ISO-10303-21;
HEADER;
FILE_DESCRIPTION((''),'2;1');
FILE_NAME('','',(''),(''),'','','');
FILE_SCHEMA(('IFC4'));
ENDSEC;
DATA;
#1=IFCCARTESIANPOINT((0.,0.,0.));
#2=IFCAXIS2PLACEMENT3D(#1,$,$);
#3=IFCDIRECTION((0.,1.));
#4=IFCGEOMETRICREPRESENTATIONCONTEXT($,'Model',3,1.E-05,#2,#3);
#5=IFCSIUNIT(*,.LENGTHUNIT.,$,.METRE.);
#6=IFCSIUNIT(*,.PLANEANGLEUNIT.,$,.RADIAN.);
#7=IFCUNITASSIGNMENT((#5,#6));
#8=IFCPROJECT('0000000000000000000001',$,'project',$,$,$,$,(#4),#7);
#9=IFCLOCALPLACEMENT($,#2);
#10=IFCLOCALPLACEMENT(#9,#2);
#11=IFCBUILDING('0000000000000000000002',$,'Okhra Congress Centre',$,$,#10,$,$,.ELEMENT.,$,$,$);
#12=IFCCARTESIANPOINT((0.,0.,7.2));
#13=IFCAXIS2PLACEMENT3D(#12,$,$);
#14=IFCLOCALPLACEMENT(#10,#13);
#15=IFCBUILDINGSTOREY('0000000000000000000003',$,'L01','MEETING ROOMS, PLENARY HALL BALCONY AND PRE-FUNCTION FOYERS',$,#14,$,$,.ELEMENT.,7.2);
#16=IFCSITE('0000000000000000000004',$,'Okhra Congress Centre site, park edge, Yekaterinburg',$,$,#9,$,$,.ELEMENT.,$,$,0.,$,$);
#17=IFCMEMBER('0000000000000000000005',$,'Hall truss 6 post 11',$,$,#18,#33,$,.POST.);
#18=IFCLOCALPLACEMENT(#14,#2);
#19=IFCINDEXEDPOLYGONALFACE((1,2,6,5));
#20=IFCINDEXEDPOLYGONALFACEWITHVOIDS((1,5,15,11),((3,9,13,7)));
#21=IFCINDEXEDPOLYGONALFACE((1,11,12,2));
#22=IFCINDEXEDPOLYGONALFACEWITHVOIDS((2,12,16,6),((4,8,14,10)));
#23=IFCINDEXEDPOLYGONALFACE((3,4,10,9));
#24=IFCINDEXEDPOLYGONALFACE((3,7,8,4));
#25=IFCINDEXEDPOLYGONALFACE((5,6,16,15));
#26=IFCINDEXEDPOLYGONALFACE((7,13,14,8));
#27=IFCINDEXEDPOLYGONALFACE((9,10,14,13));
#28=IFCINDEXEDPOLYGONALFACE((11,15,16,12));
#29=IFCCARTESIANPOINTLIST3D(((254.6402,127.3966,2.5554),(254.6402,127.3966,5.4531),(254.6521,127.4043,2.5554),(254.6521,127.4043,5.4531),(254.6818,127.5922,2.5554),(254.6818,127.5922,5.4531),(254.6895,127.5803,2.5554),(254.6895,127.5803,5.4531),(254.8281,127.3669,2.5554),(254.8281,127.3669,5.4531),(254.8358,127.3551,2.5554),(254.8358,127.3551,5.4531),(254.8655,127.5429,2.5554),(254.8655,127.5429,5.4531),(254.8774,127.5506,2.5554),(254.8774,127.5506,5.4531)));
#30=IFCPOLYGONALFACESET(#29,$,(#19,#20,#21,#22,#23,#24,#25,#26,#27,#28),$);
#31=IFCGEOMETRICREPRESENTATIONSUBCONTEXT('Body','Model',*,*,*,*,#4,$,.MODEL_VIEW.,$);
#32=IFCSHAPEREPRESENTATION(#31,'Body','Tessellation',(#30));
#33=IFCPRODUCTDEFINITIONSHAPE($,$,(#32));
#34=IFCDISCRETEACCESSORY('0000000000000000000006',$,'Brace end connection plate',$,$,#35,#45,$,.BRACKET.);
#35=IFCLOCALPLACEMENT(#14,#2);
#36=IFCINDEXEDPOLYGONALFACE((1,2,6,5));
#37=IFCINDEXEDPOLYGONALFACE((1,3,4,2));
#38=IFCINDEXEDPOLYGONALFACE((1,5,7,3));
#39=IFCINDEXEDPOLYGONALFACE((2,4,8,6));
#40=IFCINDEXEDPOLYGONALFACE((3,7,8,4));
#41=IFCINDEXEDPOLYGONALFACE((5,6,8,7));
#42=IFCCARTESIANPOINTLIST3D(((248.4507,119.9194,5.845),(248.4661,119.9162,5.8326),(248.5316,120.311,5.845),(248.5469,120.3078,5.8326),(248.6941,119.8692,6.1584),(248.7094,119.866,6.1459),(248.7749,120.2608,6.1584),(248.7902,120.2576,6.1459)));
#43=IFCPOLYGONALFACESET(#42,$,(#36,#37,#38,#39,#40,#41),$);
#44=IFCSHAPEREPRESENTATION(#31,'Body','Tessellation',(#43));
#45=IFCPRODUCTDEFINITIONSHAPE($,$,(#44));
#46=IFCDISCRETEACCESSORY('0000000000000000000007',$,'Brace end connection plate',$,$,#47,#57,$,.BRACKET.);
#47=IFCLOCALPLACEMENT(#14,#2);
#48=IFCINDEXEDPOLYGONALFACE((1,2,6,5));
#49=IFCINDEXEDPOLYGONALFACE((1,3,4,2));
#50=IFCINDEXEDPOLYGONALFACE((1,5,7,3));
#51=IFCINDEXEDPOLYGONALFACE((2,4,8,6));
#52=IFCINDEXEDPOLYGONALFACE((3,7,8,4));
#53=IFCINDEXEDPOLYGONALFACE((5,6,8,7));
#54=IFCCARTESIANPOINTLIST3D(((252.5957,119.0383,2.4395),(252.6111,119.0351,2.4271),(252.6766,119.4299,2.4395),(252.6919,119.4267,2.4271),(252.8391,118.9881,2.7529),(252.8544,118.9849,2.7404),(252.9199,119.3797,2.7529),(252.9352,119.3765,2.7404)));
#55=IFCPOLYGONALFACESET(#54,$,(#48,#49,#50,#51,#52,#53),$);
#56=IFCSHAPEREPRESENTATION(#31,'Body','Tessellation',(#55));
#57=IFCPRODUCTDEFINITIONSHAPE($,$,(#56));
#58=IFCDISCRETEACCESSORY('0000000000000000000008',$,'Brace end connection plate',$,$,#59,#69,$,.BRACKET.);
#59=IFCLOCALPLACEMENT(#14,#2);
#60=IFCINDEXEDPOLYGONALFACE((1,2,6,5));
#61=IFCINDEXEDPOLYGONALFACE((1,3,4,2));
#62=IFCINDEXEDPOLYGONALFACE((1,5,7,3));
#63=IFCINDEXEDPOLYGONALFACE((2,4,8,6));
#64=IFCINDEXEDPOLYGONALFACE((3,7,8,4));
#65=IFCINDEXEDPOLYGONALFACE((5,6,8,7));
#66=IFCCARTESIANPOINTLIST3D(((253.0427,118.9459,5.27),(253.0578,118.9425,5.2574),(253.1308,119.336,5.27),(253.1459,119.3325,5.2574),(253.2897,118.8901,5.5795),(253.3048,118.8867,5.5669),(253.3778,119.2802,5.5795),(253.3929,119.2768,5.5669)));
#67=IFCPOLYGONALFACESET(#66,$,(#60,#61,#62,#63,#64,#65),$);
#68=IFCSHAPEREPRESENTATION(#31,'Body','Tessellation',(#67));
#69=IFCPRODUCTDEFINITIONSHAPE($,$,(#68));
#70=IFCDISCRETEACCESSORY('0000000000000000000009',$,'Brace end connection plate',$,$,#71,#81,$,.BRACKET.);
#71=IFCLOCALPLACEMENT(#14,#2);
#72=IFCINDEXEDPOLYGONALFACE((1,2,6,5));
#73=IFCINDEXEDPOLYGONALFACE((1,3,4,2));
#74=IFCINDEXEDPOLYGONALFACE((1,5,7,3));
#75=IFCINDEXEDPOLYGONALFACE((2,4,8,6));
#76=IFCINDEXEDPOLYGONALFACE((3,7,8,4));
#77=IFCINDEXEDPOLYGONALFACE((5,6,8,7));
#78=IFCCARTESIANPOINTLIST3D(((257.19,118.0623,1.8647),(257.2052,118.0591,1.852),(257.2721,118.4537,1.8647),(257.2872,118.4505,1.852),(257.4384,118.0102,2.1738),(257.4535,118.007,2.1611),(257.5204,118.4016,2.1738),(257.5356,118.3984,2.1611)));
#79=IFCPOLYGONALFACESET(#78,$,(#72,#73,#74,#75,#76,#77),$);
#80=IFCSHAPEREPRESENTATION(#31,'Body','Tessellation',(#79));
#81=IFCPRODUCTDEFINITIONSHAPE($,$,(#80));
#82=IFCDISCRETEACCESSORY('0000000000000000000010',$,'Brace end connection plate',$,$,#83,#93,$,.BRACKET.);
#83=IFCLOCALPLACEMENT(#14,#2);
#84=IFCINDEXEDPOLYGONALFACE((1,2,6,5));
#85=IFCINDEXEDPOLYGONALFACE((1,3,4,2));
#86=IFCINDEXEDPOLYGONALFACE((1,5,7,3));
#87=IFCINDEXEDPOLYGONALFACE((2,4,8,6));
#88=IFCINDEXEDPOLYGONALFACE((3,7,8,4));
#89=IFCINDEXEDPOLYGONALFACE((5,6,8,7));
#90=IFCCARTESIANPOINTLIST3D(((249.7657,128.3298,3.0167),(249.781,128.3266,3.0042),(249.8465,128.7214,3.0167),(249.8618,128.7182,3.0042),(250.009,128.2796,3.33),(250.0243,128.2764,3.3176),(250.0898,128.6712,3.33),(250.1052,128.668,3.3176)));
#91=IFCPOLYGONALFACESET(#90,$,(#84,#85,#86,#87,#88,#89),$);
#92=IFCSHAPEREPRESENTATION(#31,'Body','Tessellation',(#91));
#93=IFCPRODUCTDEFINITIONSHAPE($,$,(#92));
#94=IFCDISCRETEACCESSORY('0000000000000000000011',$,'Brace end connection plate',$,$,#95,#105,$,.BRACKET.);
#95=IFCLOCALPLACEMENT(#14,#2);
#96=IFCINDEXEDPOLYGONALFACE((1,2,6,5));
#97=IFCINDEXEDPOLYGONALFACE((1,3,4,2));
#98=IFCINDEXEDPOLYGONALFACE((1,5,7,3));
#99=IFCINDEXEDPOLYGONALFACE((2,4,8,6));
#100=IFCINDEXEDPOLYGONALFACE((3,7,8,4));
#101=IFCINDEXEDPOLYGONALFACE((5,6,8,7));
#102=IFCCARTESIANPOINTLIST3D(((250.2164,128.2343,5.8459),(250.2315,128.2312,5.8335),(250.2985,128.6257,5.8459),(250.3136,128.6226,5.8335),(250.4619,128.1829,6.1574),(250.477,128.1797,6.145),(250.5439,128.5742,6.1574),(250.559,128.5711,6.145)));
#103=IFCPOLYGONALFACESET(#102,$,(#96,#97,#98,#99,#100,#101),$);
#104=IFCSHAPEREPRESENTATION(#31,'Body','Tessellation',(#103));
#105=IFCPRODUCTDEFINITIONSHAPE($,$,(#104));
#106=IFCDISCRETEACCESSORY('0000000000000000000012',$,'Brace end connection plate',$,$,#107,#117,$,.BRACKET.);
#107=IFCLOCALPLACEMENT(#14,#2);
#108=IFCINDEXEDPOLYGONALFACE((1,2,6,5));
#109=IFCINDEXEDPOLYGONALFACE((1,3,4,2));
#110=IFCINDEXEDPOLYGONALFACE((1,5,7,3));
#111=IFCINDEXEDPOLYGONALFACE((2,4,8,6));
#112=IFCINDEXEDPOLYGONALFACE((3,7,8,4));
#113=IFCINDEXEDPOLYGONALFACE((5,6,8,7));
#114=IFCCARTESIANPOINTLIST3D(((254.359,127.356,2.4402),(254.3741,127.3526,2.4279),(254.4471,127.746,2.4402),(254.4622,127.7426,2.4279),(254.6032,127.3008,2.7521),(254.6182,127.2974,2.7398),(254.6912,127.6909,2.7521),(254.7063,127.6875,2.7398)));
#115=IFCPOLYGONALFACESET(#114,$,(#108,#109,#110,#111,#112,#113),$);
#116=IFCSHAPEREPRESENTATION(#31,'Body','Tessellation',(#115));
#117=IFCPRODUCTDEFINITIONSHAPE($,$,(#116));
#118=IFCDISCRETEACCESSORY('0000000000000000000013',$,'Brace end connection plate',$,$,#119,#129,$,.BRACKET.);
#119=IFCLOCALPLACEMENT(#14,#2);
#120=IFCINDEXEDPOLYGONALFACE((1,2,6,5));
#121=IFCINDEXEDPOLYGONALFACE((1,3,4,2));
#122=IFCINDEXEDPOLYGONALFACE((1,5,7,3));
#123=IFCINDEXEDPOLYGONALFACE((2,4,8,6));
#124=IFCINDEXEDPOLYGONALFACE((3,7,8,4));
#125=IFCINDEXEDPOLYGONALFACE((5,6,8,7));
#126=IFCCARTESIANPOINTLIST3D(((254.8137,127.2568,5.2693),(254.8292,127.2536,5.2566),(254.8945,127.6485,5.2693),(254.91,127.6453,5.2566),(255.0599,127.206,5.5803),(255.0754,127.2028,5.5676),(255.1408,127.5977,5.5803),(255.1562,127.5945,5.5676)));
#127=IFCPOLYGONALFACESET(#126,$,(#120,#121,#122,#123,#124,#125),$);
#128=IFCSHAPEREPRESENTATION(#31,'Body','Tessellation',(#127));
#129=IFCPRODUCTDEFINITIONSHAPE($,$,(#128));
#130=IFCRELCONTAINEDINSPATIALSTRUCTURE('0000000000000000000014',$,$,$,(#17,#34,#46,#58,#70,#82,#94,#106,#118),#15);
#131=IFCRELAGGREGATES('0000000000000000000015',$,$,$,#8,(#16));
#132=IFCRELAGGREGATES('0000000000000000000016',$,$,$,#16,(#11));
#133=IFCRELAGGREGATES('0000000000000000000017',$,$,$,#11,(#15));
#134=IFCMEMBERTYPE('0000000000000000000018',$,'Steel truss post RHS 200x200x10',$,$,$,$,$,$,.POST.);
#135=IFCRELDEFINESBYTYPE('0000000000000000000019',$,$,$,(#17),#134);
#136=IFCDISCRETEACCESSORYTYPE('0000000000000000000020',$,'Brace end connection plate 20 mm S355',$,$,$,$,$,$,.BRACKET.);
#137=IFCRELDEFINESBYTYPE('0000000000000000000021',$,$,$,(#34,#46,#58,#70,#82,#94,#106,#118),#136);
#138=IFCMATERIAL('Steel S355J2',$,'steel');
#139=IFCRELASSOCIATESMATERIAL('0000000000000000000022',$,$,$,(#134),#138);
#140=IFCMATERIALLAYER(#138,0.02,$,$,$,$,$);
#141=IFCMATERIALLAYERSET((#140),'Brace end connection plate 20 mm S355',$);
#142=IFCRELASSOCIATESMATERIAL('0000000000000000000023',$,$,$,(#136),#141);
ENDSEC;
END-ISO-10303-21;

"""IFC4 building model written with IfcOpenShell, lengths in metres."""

from ifc_helpers import new_model, si_unit, direction, frame, origin, origin_2d, place, context, subcontext, project, spatial, rectangle, hollow_rectangle, extrude, material, layer, layer_set, material_profile, profile_set, type_object, element, save


model = new_model("IFC4")

# Units and contexts
model_context = context("Model", 3, precision=1e-05, world=origin(), true_north=direction((0.0, 1.0)))
body_context = subcontext(model_context, "Body", "Model", "MODEL_VIEW")
ifc_project = project(units=[si_unit("LENGTHUNIT", "METRE"), si_unit("PLANEANGLEUNIT", "RADIAN")], contexts=[model_context])

# Site, building, storey
site_placement = place(None, origin())
site = spatial("IfcSite", under=ifc_project, at=site_placement, Name="Okhra Congress Centre site, park edge, Yekaterinburg", CompositionType="ELEMENT", RefElevation=0.0)
building_placement = place(site_placement, origin())
building = spatial("IfcBuilding", under=site, at=building_placement, Name="Okhra Congress Centre", CompositionType="ELEMENT")
storey_placement = place(building_placement, frame((0.0, 0.0, 7.2)))
storey = spatial("IfcBuildingStorey", under=building, at=storey_placement, Name="L01", Description="MEETING ROOMS, PLENARY HALL BALCONY AND PRE-FUNCTION FOYERS", CompositionType="ELEMENT", Elevation=7.2)

# Member
ifc_material = material(Name="Steel S355J2", Category="steel")
ifc_material_profile_1 = material_profile(ifc_material, hollow_rectangle(XDim=0.2, YDim=0.2, WallThickness=0.01, at=origin_2d()), Name="RHS 200x200x10")
ifc_profile_set_1 = profile_set([ifc_material_profile_1], Name="Steel S355J2")
member_type_1 = type_object("IfcMemberType", Name="Steel truss post RHS 200x200x10", PredefinedType="POST", material=ifc_profile_set_1)
member_1_placement = place(storey_placement, frame((254.7588, 127.4736, 2.5554), z_axis=(0.0, 0.0, 1.0), x_axis=(0.978148, -0.207912, 0.0)))
element("IfcMember", 1, at=member_1_placement, inside=storey, type_object=member_type_1, Name="Hall truss 6 post 11", PredefinedType="POST", context=body_context, shape_type="SweptSolid", body=[
    extrude(hollow_rectangle(XDim=0.2, YDim=0.2, WallThickness=0.01, at=origin_2d()), origin(), (0.0, 0.0, 1.0), 2.8977),
])

# Discrete accessories
ifc_layer = layer(ifc_material, 0.02)
ifc_layer_set = layer_set([ifc_layer], Name="Brace end connection plate 20 mm S355")
discrete_accessory_type = type_object("IfcDiscreteAccessoryType", Name="Brace end connection plate 20 mm S355", PredefinedType="BRACKET", material=ifc_layer_set)
for number, where, z_axis, x_axis, name in (
    (2, (248.6282, 120.0869, 5.9893), (-0.767437, 0.15836, 0.621259), (-0.202092, -0.979367, 0.0), "Brace end connection plate"),
    (3, (252.7578, 119.209, 2.5962), (0.767437, -0.15836, -0.621259), (0.202092, 0.979367, 0.0), "Brace end connection plate"),
    (4, (253.2253, 119.1096, 5.4121), (-0.754976, 0.170478, 0.633205), (-0.220261, -0.975441, 0.0), "Brace end connection plate"),
    (5, (257.3552, 118.2319, 2.0193), (0.756491, -0.158619, -0.634477), (0.205215, 0.978717, 0.0), "Brace end connection plate"),
    (6, (249.9277, 128.5005, 3.1733), (0.767437, -0.15836, -0.621259), (0.202092, 0.979367, 0.0), "Brace end connection plate"),
):
    element("IfcDiscreteAccessory", number, at=place(storey_placement, frame(where, z_axis=z_axis, x_axis=x_axis)), inside=storey, type_object=discrete_accessory_type, Name=name, PredefinedType="BRACKET", context=body_context, shape_type="SweptSolid", body=[
        extrude(rectangle(XDim=0.3999, YDim=0.3999, at=origin_2d()), origin(), (0.0, 0.0, 1.0), 0.02),
    ])
for number, where, z_axis, x_axis, name in (
    (7, (250.3953, 128.4011, 5.9893), (-0.762359, 0.159849, 0.627102), (-0.205215, -0.978717, 0.0), "Brace end connection plate"),
    (8, (254.5251, 127.5234, 2.5962), (0.760808, -0.171795, -0.625826), (0.220261, 0.975441, 0.0), "Brace end connection plate"),
):
    element("IfcDiscreteAccessory", number, at=place(storey_placement, frame(where, z_axis=z_axis, x_axis=x_axis)), inside=storey, type_object=discrete_accessory_type, Name=name, PredefinedType="BRACKET", context=body_context, shape_type="SweptSolid", body=[
        extrude(rectangle(XDim=0.3999, YDim=0.3999, at=origin_2d()), origin(), (0.0, 0.0, 1.0), 0.0198),
    ])
discrete_accessory_placement = place(storey_placement, frame((254.9927, 127.4241, 5.4121), z_axis=(-0.761639, 0.157164, 0.628654), x_axis=(-0.202092, -0.979367, 0.0)))
element("IfcDiscreteAccessory", 9, at=discrete_accessory_placement, inside=storey, type_object=discrete_accessory_type, Name="Brace end connection plate", PredefinedType="BRACKET", context=body_context, shape_type="SweptSolid", body=[
    extrude(rectangle(XDim=0.3999, YDim=0.3999, at=origin_2d()), origin(), (0.0, 0.0, 1.0), 0.0203),
])

save(model, "model.ifc")
